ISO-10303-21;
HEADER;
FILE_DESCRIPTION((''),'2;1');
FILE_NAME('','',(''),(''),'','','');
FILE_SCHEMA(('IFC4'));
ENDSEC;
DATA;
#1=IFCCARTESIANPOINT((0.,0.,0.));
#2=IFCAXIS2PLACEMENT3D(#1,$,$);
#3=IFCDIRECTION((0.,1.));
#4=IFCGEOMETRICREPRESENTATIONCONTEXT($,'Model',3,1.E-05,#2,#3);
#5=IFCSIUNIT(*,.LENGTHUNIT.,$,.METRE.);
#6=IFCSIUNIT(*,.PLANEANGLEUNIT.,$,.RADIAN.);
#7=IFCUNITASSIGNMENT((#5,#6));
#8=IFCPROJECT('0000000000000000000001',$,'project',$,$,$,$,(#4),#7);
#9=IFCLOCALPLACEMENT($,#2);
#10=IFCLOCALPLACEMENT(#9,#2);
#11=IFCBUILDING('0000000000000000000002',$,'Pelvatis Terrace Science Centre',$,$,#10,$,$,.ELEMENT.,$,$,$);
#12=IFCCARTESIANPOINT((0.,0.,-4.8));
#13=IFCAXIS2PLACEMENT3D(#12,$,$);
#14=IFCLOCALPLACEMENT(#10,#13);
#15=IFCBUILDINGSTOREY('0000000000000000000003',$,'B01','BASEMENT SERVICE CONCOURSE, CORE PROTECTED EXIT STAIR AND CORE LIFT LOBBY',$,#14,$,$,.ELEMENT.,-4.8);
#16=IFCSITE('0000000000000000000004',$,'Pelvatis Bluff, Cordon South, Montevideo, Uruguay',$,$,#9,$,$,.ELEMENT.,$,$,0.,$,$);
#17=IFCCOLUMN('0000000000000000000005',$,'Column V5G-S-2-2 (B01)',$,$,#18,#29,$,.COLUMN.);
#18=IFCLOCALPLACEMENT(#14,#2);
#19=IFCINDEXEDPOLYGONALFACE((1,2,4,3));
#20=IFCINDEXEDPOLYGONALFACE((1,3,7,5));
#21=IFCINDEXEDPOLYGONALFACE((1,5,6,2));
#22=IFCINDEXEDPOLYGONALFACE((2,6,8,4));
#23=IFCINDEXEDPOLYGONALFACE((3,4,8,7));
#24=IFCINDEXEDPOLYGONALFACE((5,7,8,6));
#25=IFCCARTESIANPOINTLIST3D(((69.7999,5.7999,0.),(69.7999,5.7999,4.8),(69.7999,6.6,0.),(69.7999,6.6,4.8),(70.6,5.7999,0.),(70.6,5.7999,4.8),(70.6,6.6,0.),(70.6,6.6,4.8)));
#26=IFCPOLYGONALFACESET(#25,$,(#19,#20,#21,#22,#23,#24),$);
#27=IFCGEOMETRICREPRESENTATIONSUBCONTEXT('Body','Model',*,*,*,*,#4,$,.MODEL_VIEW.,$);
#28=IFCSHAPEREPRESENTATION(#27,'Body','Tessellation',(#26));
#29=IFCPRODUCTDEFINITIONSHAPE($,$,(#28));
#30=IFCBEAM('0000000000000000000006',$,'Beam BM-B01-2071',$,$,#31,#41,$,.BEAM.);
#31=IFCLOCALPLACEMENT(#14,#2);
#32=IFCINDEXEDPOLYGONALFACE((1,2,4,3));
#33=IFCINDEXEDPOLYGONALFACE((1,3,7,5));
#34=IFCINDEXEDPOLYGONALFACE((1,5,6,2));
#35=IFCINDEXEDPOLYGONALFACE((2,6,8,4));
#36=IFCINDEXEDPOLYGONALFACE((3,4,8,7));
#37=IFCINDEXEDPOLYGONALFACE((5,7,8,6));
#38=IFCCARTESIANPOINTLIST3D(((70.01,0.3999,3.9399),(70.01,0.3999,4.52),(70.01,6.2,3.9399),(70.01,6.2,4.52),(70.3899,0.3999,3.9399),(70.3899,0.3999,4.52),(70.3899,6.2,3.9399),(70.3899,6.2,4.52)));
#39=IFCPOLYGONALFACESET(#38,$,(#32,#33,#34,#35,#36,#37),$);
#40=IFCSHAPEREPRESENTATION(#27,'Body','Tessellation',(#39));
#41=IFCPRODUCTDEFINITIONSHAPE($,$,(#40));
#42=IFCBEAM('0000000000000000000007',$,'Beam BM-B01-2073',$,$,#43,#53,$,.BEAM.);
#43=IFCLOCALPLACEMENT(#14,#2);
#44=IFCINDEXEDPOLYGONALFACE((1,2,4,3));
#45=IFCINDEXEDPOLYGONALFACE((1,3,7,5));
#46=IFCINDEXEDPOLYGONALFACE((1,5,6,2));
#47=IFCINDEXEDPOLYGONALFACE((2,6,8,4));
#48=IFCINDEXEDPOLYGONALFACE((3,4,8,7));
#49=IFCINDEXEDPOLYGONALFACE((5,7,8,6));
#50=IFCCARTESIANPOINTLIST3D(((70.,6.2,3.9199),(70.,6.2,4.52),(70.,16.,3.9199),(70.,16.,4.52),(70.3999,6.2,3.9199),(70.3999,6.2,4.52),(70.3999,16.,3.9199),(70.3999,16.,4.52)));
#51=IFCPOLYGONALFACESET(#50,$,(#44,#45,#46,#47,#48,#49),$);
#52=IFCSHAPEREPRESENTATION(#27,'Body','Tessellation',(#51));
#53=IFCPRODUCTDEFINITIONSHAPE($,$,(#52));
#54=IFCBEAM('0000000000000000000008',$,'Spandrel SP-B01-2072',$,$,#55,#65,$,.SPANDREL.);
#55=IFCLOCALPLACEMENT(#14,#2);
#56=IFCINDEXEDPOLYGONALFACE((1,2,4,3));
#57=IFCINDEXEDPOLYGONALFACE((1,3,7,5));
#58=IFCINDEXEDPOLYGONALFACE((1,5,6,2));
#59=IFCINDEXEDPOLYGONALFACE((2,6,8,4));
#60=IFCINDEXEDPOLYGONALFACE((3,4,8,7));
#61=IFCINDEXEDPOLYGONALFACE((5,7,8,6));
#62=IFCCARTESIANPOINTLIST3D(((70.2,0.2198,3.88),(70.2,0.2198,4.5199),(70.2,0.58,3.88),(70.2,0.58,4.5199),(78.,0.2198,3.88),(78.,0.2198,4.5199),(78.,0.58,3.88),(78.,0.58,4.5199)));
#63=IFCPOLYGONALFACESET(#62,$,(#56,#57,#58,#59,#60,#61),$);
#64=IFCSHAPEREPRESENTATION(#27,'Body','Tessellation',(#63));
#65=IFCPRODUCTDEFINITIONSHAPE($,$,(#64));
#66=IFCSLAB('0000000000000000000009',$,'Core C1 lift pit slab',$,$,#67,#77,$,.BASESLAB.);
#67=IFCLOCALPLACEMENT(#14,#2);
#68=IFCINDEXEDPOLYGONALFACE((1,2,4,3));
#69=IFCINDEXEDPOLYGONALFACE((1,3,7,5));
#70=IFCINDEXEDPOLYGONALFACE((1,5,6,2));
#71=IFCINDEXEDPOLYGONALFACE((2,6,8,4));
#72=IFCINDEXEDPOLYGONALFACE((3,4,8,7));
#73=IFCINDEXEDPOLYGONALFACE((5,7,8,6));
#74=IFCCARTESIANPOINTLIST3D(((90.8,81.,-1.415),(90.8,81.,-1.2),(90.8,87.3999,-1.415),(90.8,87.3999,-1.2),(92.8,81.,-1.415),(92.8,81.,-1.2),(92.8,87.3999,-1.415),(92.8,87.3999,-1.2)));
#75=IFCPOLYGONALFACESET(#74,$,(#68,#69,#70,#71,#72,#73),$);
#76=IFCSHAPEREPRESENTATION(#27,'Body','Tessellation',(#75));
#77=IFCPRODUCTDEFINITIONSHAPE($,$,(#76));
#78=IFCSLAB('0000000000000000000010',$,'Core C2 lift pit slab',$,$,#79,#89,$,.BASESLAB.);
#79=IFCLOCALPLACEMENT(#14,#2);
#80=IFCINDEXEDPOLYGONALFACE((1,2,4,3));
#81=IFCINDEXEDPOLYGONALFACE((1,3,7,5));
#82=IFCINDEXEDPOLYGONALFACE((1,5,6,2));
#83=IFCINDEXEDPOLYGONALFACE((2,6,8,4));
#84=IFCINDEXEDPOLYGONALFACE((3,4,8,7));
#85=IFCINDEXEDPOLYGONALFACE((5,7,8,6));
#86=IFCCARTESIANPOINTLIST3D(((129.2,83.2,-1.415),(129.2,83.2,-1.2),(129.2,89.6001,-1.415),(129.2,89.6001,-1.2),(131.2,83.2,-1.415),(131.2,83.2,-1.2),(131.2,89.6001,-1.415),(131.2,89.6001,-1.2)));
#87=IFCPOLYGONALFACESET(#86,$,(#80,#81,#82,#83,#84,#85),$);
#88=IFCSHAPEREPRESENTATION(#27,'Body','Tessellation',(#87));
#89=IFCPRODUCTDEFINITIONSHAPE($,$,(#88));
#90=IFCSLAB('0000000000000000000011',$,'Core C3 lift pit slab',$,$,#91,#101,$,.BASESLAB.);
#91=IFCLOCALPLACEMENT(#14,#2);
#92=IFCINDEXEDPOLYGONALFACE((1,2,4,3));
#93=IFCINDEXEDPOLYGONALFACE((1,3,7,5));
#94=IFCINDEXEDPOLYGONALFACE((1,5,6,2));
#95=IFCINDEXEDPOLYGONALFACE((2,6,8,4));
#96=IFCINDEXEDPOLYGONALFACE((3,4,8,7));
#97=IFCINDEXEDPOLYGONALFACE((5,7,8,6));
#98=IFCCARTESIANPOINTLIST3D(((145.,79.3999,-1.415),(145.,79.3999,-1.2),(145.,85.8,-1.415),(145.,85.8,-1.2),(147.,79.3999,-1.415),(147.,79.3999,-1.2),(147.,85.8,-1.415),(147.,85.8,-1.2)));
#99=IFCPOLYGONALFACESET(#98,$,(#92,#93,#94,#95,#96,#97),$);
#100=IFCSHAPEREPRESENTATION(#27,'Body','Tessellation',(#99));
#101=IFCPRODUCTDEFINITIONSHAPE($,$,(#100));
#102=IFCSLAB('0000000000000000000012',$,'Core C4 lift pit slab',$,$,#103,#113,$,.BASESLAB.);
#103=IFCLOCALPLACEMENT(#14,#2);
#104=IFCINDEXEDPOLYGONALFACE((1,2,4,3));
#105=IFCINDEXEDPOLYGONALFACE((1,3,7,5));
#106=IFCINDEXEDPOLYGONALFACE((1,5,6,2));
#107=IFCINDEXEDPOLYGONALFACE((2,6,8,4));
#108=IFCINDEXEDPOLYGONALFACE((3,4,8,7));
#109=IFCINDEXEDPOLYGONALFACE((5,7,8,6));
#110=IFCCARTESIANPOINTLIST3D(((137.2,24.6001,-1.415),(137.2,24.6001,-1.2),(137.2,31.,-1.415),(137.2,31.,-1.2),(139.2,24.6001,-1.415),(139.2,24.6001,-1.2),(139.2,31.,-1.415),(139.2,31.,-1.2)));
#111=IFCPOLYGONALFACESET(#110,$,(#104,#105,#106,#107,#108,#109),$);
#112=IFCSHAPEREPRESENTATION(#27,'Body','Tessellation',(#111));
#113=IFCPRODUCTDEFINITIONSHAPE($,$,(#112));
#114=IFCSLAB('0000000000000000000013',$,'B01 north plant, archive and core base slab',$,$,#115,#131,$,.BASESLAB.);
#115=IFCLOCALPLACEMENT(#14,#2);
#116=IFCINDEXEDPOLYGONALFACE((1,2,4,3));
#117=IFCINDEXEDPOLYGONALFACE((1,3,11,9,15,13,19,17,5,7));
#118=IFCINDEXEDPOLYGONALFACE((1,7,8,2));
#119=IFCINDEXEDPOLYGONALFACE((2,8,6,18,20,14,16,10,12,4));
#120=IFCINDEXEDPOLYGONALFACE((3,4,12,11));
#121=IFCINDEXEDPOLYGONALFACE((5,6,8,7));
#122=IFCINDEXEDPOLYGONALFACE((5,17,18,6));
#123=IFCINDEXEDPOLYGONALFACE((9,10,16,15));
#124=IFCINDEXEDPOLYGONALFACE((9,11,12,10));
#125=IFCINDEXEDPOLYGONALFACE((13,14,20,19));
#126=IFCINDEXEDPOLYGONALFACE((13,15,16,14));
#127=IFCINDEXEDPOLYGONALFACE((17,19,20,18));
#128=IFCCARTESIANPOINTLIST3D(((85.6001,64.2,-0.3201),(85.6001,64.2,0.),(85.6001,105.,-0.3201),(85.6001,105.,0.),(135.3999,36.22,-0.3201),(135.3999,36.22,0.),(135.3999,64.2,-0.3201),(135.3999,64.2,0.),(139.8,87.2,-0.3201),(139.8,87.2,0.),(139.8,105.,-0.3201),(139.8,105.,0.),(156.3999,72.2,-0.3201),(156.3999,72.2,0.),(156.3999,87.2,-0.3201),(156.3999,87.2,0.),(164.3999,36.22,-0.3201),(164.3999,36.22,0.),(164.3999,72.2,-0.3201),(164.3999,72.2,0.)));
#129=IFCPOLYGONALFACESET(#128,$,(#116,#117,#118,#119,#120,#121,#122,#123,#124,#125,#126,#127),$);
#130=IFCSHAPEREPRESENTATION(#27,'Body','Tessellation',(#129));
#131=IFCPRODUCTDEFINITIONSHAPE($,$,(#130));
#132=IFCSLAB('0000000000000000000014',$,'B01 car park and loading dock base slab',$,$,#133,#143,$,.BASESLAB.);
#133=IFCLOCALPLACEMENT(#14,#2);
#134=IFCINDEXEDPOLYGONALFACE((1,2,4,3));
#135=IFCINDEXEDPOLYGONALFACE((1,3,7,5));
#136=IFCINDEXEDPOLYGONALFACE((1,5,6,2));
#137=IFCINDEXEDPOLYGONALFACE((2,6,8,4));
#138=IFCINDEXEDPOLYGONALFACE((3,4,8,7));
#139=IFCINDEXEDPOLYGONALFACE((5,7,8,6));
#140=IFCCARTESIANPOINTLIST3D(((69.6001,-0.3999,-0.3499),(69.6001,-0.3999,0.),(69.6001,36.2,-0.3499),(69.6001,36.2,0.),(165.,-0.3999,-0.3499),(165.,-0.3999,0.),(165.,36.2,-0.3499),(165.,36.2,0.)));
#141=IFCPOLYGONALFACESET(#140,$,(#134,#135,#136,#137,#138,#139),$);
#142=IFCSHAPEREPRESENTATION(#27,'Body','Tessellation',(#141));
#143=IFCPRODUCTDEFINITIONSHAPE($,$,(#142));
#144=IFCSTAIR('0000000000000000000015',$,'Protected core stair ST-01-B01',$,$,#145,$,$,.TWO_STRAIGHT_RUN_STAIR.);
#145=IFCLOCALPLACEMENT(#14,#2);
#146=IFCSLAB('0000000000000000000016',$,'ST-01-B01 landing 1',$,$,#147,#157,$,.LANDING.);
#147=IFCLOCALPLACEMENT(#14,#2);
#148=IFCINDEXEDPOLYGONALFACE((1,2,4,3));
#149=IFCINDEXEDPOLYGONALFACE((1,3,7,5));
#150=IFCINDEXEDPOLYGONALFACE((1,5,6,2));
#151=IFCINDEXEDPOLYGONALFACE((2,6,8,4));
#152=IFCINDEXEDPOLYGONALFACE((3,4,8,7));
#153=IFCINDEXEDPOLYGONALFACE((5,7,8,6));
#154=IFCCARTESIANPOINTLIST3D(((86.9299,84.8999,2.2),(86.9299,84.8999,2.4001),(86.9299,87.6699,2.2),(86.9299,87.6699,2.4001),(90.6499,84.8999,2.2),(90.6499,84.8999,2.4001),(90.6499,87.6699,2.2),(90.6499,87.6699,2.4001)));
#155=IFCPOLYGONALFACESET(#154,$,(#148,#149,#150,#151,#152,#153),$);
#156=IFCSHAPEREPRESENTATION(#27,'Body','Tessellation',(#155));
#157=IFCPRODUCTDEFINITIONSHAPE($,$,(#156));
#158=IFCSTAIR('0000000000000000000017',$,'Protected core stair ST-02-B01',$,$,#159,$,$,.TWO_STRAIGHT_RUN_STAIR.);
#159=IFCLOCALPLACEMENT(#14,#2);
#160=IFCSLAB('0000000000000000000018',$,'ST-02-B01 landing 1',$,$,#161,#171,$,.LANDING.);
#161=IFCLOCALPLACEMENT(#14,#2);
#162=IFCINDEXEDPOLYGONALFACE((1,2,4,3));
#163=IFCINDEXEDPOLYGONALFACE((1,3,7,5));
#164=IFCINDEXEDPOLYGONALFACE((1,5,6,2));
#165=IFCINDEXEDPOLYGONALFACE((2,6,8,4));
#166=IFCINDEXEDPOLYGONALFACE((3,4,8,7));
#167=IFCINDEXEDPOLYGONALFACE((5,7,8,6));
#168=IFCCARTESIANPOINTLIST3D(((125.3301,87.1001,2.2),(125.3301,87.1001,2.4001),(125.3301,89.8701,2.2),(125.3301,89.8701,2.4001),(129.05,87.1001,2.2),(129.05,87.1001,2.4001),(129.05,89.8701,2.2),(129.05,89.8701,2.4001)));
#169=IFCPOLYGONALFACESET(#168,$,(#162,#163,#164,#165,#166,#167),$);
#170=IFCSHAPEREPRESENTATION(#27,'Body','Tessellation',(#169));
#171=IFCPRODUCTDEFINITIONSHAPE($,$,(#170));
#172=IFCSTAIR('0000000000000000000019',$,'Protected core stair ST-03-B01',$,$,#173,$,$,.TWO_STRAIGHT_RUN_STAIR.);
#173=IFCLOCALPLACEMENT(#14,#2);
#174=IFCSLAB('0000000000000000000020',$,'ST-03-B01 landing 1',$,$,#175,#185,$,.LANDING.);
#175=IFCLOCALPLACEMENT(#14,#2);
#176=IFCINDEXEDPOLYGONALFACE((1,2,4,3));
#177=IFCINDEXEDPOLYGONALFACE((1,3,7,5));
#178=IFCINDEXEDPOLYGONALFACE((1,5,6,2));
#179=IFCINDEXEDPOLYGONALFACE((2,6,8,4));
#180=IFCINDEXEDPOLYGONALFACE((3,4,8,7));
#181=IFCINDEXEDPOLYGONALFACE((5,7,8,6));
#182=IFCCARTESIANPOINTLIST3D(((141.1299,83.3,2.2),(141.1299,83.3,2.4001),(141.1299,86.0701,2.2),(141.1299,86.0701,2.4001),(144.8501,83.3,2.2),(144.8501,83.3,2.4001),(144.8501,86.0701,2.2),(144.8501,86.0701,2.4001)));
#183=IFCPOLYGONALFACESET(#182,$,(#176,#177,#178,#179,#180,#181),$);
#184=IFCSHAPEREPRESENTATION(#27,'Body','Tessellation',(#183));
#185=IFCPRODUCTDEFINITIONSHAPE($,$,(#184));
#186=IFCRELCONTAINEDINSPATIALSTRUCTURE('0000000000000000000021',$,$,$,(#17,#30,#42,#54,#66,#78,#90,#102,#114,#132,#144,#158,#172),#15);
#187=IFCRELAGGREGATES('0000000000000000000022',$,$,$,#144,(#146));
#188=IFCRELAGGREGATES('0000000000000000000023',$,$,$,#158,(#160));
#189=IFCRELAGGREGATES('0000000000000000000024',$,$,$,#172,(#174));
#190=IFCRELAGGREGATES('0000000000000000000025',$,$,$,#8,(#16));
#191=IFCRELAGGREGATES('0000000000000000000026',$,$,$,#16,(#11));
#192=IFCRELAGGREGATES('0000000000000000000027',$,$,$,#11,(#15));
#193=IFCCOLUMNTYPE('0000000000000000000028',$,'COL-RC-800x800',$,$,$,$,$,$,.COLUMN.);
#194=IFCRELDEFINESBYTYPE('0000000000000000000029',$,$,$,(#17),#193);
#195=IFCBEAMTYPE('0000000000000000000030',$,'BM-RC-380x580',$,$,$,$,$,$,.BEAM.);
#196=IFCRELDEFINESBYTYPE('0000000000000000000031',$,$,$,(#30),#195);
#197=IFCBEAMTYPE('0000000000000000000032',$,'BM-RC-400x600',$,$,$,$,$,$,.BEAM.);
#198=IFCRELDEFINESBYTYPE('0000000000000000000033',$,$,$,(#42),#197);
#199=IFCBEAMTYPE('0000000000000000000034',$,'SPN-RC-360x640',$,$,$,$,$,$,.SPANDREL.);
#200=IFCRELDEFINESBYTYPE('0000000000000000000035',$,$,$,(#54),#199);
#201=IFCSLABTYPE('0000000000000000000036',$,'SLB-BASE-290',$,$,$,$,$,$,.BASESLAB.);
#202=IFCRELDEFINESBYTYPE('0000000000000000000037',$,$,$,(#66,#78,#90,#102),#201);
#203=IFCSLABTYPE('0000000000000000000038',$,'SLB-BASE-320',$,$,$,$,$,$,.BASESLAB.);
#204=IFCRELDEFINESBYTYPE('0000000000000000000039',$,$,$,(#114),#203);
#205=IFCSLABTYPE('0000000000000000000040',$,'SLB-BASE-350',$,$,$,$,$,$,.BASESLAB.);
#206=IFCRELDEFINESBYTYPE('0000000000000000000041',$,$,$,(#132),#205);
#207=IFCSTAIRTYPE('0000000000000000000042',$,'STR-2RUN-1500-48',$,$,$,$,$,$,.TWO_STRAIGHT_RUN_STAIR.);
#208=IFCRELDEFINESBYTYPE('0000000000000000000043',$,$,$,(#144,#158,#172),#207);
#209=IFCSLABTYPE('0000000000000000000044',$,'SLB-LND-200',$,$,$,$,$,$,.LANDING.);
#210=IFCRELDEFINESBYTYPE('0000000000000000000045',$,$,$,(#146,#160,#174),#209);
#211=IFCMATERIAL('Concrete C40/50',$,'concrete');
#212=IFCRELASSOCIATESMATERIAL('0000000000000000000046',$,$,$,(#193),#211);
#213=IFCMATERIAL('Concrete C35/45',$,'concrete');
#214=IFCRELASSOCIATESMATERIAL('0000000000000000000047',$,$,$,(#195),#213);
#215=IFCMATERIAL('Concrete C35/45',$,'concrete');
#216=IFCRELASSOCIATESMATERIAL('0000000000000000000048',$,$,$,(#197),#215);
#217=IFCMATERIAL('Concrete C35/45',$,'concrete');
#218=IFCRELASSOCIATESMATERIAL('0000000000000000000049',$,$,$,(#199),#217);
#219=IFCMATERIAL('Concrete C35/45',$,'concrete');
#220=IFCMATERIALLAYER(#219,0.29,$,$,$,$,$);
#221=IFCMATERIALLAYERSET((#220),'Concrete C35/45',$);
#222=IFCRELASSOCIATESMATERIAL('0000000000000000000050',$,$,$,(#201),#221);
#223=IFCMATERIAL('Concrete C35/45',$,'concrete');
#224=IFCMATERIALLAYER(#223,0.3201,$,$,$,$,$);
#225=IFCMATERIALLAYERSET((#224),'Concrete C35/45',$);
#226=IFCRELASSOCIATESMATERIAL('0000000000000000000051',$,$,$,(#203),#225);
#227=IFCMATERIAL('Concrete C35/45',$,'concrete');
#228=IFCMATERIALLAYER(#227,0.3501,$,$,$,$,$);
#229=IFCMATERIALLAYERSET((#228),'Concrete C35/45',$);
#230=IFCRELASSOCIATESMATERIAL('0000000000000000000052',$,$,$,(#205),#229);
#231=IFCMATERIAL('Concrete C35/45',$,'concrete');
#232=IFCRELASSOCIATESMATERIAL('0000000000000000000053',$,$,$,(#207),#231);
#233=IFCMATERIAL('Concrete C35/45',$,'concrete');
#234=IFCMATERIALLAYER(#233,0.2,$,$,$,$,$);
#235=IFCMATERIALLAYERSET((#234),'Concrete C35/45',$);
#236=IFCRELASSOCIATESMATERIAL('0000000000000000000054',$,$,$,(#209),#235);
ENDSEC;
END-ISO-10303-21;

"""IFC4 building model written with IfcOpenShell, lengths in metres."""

from ifc_helpers import new_model, si_unit, direction, frame, origin, origin_2d, place, context, subcontext, project, spatial, polyline, rectangle, outline, extrude, material, layer, layer_set, material_profile, profile_set, type_object, element, aggregate, save


model = new_model("IFC4")

# Units and contexts
model_context = context("Model", 3, precision=1e-05, world=origin(), true_north=direction((0.0, 1.0)))
body_context = subcontext(model_context, "Body", "Model", "MODEL_VIEW")
ifc_project = project(units=[si_unit("LENGTHUNIT", "METRE"), si_unit("PLANEANGLEUNIT", "RADIAN")], contexts=[model_context])

# Site, building, storey
site_placement = place(None, origin())
site = spatial("IfcSite", under=ifc_project, at=site_placement, Name="Pelvatis Bluff, Cordon South, Montevideo, Uruguay", CompositionType="ELEMENT", RefElevation=0.0)
building_placement = place(site_placement, origin())
building = spatial("IfcBuilding", under=site, at=building_placement, Name="Pelvatis Terrace Science Centre", CompositionType="ELEMENT")
storey_placement = place(building_placement, frame((0.0, 0.0, -4.8)))
storey = spatial("IfcBuildingStorey", under=building, at=storey_placement, Name="B01", Description="BASEMENT SERVICE CONCOURSE, CORE PROTECTED EXIT STAIR AND CORE LIFT LOBBY", CompositionType="ELEMENT", Elevation=-4.8)

# Column
ifc_material_1 = material(Name="Concrete C40/50", Category="concrete")
ifc_material_profile_1 = material_profile(ifc_material_1, rectangle(XDim=0.8, YDim=0.8, at=origin_2d()), Name="RC-COL 800x800")
ifc_profile_set_1 = profile_set([ifc_material_profile_1], Name="Concrete C40/50")
column_type_1 = type_object("IfcColumnType", Name="COL-RC-800x800", PredefinedType="COLUMN", material=ifc_profile_set_1)
column_1_placement = place(storey_placement, frame((70.2, 6.2, 0.0), z_axis=(0.0, 0.0, 1.0), x_axis=(1.0, 0.0, 0.0)))
element("IfcColumn", 1, at=column_1_placement, inside=storey, type_object=column_type_1, Name="Column V5G-S-2-2 (B01)", PredefinedType="COLUMN", context=body_context, shape_type="SweptSolid", body=[
    extrude(rectangle(XDim=0.8, YDim=0.8, at=origin_2d()), origin(), (0.0, 0.0, 1.0), 4.8),
])

# Beams
ifc_material_2 = material(Name="Concrete C35/45", Category="concrete")
ifc_material_profile_2 = material_profile(ifc_material_2, rectangle(XDim=0.3799, YDim=0.5801, at=origin_2d()), Name="RC-BM 380x580")
ifc_profile_set_2 = profile_set([ifc_material_profile_2], Name="Concrete C35/45")
beam_type_1 = type_object("IfcBeamType", Name="BM-RC-380x580", PredefinedType="BEAM", material=ifc_profile_set_2)
beam_1_placement = place(storey_placement, frame((70.2, 0.3999, 4.23), z_axis=(0.0, 1.0, 0.0), x_axis=(-1.0, 0.0, 0.0)))
element("IfcBeam", 2, at=beam_1_placement, inside=storey, type_object=beam_type_1, Name="Beam BM-B01-2071", PredefinedType="BEAM", context=body_context, shape_type="SweptSolid", body=[
    extrude(rectangle(XDim=0.3799, YDim=0.5801, at=origin_2d()), origin(), (0.0, 0.0, 1.0), 5.8),
])
ifc_material_3 = material(Name="Concrete C35/45", Category="concrete")
ifc_material_profile_3 = material_profile(ifc_material_3, rectangle(XDim=0.3999, YDim=0.6001, at=origin_2d()), Name="RC-BM 400x600")
ifc_profile_set_3 = profile_set([ifc_material_profile_3], Name="Concrete C35/45")
beam_type_2 = type_object("IfcBeamType", Name="BM-RC-400x600", PredefinedType="BEAM", material=ifc_profile_set_3)
beam_2_placement = place(storey_placement, frame((70.2, 6.2, 4.22), z_axis=(0.0, 1.0, 0.0), x_axis=(-1.0, 0.0, 0.0)))
element("IfcBeam", 3, at=beam_2_placement, inside=storey, type_object=beam_type_2, Name="Beam BM-B01-2073", PredefinedType="BEAM", context=body_context, shape_type="SweptSolid", body=[
    extrude(rectangle(XDim=0.3999, YDim=0.6001, at=origin_2d()), origin(), (0.0, 0.0, 1.0), 9.8),
])
ifc_material_4 = material(Name="Concrete C35/45", Category="concrete")
ifc_material_profile_4 = material_profile(ifc_material_4, rectangle(XDim=0.3601, YDim=0.6399, at=origin_2d()), Name="RC-SPN 360x640")
ifc_profile_set_4 = profile_set([ifc_material_profile_4], Name="Concrete C35/45")
beam_type_3 = type_object("IfcBeamType", Name="SPN-RC-360x640", PredefinedType="SPANDREL", material=ifc_profile_set_4)
beam_3_placement = place(storey_placement, frame((70.2, 0.3999, 4.2), z_axis=(1.0, 0.0, 0.0), x_axis=(0.0, 1.0, 0.0)))
element("IfcBeam", 4, at=beam_3_placement, inside=storey, type_object=beam_type_3, Name="Spandrel SP-B01-2072", PredefinedType="SPANDREL", context=body_context, shape_type="SweptSolid", body=[
    extrude(rectangle(XDim=0.3601, YDim=0.6399, at=origin_2d()), origin(), (0.0, 0.0, 1.0), 7.8),
])

# Slabs
ifc_material_5 = material(Name="Concrete C35/45", Category="concrete")
ifc_layer_1 = layer(ifc_material_5, 0.29)
ifc_layer_set_1 = layer_set([ifc_layer_1], Name="Concrete C35/45")
slab_type_1 = type_object("IfcSlabType", Name="SLB-BASE-290", PredefinedType="BASESLAB", material=ifc_layer_set_1)
slab_1_placement = place(storey_placement, frame((0.0, 0.0, -1.415)))
element("IfcSlab", 5, at=slab_1_placement, inside=storey, type_object=slab_type_1, Name="Core C1 lift pit slab", PredefinedType="BASESLAB", context=body_context, shape_type="SweptSolid", body=[
    extrude(outline(polyline([(90.8, 81.0), (92.8, 81.0), (92.8, 87.3999), (90.8, 87.3999), (90.8, 81.0)])), origin(), (0.0, 0.0, 1.0), 0.2151),
])
slab_2_placement = place(storey_placement, frame((0.0, 0.0, -1.415)))
element("IfcSlab", 6, at=slab_2_placement, inside=storey, type_object=slab_type_1, Name="Core C2 lift pit slab", PredefinedType="BASESLAB", context=body_context, shape_type="SweptSolid", body=[
    extrude(outline(polyline([(129.2, 83.2), (131.2, 83.2), (131.2, 89.6001), (129.2, 89.6001), (129.2, 83.2)])), origin(), (0.0, 0.0, 1.0), 0.2151),
])
slab_3_placement = place(storey_placement, frame((0.0, 0.0, -1.415)))
element("IfcSlab", 7, at=slab_3_placement, inside=storey, type_object=slab_type_1, Name="Core C3 lift pit slab", PredefinedType="BASESLAB", context=body_context, shape_type="SweptSolid", body=[
    extrude(outline(polyline([(145.0, 79.3999), (147.0, 79.3999), (147.0, 85.8), (145.0, 85.8), (145.0, 79.3999)])), origin(), (0.0, 0.0, 1.0), 0.2151),
])
slab_4_placement = place(storey_placement, frame((0.0, 0.0, -1.415)))
element("IfcSlab", 8, at=slab_4_placement, inside=storey, type_object=slab_type_1, Name="Core C4 lift pit slab", PredefinedType="BASESLAB", context=body_context, shape_type="SweptSolid", body=[
    extrude(outline(polyline([(137.2, 24.6001), (139.2, 24.6001), (139.2, 31.0), (137.2, 31.0), (137.2, 24.6001)])), origin(), (0.0, 0.0, 1.0), 0.2151),
])
ifc_material_6 = material(Name="Concrete C35/45", Category="concrete")
ifc_layer_2 = layer(ifc_material_6, 0.3201)
ifc_layer_set_2 = layer_set([ifc_layer_2], Name="Concrete C35/45")
slab_type_2 = type_object("IfcSlabType", Name="SLB-BASE-320", PredefinedType="BASESLAB", material=ifc_layer_set_2)
slab_5_placement = place(storey_placement, frame((0.0, 0.0, -0.3201)))
element("IfcSlab", 9, at=slab_5_placement, inside=storey, type_object=slab_type_2, Name="B01 north plant, archive and core base slab", PredefinedType="BASESLAB", context=body_context, shape_type="SweptSolid", body=[
    extrude(outline(polyline([(85.6001, 105.0), (139.8, 105.0), (139.8, 87.2), (156.3999, 87.2), (156.3999, 72.2), (164.3999, 72.2), (164.3999, 36.22), (135.3999, 36.22), (135.3999, 64.2), (85.6001, 64.2), (85.6001, 105.0)])), origin(), (0.0, 0.0, 1.0), 0.3201),
])
ifc_material_7 = material(Name="Concrete C35/45", Category="concrete")
ifc_layer_3 = layer(ifc_material_7, 0.3501)
ifc_layer_set_3 = layer_set([ifc_layer_3], Name="Concrete C35/45")
slab_type_3 = type_object("IfcSlabType", Name="SLB-BASE-350", PredefinedType="BASESLAB", material=ifc_layer_set_3)
slab_6_placement = place(storey_placement, frame((0.0, 0.0, -0.3499)))
element("IfcSlab", 10, at=slab_6_placement, inside=storey, type_object=slab_type_3, Name="B01 car park and loading dock base slab", PredefinedType="BASESLAB", context=body_context, shape_type="SweptSolid", body=[
    extrude(outline(polyline([(69.6001, -0.3999), (69.6001, 36.2), (165.0, 36.2), (165.0, -0.3999), (69.6001, -0.3999)])), origin(), (0.0, 0.0, 1.0), 0.3499),
])

# Stairs, slabs
ifc_material_8 = material(Name="Concrete C35/45", Category="concrete")
stair_type = type_object("IfcStairType", Name="STR-2RUN-1500-48", PredefinedType="TWO_STRAIGHT_RUN_STAIR", material=ifc_material_8)
stair_1_placement = place(storey_placement, origin())
stair_1 = element("IfcStair", 11, at=stair_1_placement, inside=storey, type_object=stair_type, Name="Protected core stair ST-01-B01", PredefinedType="TWO_STRAIGHT_RUN_STAIR")
ifc_material_9 = material(Name="Concrete C35/45", Category="concrete")
ifc_layer_4 = layer(ifc_material_9, 0.2)
ifc_layer_set_4 = layer_set([ifc_layer_4], Name="Concrete C35/45")
slab_type_4 = type_object("IfcSlabType", Name="SLB-LND-200", PredefinedType="LANDING", material=ifc_layer_set_4)
slab_7_placement = place(storey_placement, frame((0.0, 0.0, 2.2)))
slab_7 = element("IfcSlab", 12, at=slab_7_placement, type_object=slab_type_4, Name="ST-01-B01 landing 1", PredefinedType="LANDING", context=body_context, shape_type="SweptSolid", body=[
    extrude(outline(polyline([(86.9299, 84.8999), (90.6499, 84.8999), (90.6499, 87.6699), (86.9299, 87.6699), (86.9299, 84.8999)])), origin(), (0.0, 0.0, 1.0), 0.2002),
])
aggregate(stair_1, [slab_7])
stair_2_placement = place(storey_placement, origin())
stair_2 = element("IfcStair", 13, at=stair_2_placement, inside=storey, type_object=stair_type, Name="Protected core stair ST-02-B01", PredefinedType="TWO_STRAIGHT_RUN_STAIR")
slab_8_placement = place(storey_placement, frame((0.0, 0.0, 2.2)))
slab_8 = element("IfcSlab", 14, at=slab_8_placement, type_object=slab_type_4, Name="ST-02-B01 landing 1", PredefinedType="LANDING", context=body_context, shape_type="SweptSolid", body=[
    extrude(outline(polyline([(125.3301, 87.1001), (129.05, 87.1001), (129.05, 89.8701), (125.3301, 89.8701), (125.3301, 87.1001)])), origin(), (0.0, 0.0, 1.0), 0.2002),
])
aggregate(stair_2, [slab_8])
stair_3_placement = place(storey_placement, origin())
stair_3 = element("IfcStair", 15, at=stair_3_placement, inside=storey, type_object=stair_type, Name="Protected core stair ST-03-B01", PredefinedType="TWO_STRAIGHT_RUN_STAIR")
slab_9_placement = place(storey_placement, frame((0.0, 0.0, 2.2)))
slab_9 = element("IfcSlab", 16, at=slab_9_placement, type_object=slab_type_4, Name="ST-03-B01 landing 1", PredefinedType="LANDING", context=body_context, shape_type="SweptSolid", body=[
    extrude(outline(polyline([(141.1299, 83.3), (144.8501, 83.3), (144.8501, 86.0701), (141.1299, 86.0701), (141.1299, 83.3)])), origin(), (0.0, 0.0, 1.0), 0.2002),
])
aggregate(stair_3, [slab_9])

save(model, "model.ifc")
